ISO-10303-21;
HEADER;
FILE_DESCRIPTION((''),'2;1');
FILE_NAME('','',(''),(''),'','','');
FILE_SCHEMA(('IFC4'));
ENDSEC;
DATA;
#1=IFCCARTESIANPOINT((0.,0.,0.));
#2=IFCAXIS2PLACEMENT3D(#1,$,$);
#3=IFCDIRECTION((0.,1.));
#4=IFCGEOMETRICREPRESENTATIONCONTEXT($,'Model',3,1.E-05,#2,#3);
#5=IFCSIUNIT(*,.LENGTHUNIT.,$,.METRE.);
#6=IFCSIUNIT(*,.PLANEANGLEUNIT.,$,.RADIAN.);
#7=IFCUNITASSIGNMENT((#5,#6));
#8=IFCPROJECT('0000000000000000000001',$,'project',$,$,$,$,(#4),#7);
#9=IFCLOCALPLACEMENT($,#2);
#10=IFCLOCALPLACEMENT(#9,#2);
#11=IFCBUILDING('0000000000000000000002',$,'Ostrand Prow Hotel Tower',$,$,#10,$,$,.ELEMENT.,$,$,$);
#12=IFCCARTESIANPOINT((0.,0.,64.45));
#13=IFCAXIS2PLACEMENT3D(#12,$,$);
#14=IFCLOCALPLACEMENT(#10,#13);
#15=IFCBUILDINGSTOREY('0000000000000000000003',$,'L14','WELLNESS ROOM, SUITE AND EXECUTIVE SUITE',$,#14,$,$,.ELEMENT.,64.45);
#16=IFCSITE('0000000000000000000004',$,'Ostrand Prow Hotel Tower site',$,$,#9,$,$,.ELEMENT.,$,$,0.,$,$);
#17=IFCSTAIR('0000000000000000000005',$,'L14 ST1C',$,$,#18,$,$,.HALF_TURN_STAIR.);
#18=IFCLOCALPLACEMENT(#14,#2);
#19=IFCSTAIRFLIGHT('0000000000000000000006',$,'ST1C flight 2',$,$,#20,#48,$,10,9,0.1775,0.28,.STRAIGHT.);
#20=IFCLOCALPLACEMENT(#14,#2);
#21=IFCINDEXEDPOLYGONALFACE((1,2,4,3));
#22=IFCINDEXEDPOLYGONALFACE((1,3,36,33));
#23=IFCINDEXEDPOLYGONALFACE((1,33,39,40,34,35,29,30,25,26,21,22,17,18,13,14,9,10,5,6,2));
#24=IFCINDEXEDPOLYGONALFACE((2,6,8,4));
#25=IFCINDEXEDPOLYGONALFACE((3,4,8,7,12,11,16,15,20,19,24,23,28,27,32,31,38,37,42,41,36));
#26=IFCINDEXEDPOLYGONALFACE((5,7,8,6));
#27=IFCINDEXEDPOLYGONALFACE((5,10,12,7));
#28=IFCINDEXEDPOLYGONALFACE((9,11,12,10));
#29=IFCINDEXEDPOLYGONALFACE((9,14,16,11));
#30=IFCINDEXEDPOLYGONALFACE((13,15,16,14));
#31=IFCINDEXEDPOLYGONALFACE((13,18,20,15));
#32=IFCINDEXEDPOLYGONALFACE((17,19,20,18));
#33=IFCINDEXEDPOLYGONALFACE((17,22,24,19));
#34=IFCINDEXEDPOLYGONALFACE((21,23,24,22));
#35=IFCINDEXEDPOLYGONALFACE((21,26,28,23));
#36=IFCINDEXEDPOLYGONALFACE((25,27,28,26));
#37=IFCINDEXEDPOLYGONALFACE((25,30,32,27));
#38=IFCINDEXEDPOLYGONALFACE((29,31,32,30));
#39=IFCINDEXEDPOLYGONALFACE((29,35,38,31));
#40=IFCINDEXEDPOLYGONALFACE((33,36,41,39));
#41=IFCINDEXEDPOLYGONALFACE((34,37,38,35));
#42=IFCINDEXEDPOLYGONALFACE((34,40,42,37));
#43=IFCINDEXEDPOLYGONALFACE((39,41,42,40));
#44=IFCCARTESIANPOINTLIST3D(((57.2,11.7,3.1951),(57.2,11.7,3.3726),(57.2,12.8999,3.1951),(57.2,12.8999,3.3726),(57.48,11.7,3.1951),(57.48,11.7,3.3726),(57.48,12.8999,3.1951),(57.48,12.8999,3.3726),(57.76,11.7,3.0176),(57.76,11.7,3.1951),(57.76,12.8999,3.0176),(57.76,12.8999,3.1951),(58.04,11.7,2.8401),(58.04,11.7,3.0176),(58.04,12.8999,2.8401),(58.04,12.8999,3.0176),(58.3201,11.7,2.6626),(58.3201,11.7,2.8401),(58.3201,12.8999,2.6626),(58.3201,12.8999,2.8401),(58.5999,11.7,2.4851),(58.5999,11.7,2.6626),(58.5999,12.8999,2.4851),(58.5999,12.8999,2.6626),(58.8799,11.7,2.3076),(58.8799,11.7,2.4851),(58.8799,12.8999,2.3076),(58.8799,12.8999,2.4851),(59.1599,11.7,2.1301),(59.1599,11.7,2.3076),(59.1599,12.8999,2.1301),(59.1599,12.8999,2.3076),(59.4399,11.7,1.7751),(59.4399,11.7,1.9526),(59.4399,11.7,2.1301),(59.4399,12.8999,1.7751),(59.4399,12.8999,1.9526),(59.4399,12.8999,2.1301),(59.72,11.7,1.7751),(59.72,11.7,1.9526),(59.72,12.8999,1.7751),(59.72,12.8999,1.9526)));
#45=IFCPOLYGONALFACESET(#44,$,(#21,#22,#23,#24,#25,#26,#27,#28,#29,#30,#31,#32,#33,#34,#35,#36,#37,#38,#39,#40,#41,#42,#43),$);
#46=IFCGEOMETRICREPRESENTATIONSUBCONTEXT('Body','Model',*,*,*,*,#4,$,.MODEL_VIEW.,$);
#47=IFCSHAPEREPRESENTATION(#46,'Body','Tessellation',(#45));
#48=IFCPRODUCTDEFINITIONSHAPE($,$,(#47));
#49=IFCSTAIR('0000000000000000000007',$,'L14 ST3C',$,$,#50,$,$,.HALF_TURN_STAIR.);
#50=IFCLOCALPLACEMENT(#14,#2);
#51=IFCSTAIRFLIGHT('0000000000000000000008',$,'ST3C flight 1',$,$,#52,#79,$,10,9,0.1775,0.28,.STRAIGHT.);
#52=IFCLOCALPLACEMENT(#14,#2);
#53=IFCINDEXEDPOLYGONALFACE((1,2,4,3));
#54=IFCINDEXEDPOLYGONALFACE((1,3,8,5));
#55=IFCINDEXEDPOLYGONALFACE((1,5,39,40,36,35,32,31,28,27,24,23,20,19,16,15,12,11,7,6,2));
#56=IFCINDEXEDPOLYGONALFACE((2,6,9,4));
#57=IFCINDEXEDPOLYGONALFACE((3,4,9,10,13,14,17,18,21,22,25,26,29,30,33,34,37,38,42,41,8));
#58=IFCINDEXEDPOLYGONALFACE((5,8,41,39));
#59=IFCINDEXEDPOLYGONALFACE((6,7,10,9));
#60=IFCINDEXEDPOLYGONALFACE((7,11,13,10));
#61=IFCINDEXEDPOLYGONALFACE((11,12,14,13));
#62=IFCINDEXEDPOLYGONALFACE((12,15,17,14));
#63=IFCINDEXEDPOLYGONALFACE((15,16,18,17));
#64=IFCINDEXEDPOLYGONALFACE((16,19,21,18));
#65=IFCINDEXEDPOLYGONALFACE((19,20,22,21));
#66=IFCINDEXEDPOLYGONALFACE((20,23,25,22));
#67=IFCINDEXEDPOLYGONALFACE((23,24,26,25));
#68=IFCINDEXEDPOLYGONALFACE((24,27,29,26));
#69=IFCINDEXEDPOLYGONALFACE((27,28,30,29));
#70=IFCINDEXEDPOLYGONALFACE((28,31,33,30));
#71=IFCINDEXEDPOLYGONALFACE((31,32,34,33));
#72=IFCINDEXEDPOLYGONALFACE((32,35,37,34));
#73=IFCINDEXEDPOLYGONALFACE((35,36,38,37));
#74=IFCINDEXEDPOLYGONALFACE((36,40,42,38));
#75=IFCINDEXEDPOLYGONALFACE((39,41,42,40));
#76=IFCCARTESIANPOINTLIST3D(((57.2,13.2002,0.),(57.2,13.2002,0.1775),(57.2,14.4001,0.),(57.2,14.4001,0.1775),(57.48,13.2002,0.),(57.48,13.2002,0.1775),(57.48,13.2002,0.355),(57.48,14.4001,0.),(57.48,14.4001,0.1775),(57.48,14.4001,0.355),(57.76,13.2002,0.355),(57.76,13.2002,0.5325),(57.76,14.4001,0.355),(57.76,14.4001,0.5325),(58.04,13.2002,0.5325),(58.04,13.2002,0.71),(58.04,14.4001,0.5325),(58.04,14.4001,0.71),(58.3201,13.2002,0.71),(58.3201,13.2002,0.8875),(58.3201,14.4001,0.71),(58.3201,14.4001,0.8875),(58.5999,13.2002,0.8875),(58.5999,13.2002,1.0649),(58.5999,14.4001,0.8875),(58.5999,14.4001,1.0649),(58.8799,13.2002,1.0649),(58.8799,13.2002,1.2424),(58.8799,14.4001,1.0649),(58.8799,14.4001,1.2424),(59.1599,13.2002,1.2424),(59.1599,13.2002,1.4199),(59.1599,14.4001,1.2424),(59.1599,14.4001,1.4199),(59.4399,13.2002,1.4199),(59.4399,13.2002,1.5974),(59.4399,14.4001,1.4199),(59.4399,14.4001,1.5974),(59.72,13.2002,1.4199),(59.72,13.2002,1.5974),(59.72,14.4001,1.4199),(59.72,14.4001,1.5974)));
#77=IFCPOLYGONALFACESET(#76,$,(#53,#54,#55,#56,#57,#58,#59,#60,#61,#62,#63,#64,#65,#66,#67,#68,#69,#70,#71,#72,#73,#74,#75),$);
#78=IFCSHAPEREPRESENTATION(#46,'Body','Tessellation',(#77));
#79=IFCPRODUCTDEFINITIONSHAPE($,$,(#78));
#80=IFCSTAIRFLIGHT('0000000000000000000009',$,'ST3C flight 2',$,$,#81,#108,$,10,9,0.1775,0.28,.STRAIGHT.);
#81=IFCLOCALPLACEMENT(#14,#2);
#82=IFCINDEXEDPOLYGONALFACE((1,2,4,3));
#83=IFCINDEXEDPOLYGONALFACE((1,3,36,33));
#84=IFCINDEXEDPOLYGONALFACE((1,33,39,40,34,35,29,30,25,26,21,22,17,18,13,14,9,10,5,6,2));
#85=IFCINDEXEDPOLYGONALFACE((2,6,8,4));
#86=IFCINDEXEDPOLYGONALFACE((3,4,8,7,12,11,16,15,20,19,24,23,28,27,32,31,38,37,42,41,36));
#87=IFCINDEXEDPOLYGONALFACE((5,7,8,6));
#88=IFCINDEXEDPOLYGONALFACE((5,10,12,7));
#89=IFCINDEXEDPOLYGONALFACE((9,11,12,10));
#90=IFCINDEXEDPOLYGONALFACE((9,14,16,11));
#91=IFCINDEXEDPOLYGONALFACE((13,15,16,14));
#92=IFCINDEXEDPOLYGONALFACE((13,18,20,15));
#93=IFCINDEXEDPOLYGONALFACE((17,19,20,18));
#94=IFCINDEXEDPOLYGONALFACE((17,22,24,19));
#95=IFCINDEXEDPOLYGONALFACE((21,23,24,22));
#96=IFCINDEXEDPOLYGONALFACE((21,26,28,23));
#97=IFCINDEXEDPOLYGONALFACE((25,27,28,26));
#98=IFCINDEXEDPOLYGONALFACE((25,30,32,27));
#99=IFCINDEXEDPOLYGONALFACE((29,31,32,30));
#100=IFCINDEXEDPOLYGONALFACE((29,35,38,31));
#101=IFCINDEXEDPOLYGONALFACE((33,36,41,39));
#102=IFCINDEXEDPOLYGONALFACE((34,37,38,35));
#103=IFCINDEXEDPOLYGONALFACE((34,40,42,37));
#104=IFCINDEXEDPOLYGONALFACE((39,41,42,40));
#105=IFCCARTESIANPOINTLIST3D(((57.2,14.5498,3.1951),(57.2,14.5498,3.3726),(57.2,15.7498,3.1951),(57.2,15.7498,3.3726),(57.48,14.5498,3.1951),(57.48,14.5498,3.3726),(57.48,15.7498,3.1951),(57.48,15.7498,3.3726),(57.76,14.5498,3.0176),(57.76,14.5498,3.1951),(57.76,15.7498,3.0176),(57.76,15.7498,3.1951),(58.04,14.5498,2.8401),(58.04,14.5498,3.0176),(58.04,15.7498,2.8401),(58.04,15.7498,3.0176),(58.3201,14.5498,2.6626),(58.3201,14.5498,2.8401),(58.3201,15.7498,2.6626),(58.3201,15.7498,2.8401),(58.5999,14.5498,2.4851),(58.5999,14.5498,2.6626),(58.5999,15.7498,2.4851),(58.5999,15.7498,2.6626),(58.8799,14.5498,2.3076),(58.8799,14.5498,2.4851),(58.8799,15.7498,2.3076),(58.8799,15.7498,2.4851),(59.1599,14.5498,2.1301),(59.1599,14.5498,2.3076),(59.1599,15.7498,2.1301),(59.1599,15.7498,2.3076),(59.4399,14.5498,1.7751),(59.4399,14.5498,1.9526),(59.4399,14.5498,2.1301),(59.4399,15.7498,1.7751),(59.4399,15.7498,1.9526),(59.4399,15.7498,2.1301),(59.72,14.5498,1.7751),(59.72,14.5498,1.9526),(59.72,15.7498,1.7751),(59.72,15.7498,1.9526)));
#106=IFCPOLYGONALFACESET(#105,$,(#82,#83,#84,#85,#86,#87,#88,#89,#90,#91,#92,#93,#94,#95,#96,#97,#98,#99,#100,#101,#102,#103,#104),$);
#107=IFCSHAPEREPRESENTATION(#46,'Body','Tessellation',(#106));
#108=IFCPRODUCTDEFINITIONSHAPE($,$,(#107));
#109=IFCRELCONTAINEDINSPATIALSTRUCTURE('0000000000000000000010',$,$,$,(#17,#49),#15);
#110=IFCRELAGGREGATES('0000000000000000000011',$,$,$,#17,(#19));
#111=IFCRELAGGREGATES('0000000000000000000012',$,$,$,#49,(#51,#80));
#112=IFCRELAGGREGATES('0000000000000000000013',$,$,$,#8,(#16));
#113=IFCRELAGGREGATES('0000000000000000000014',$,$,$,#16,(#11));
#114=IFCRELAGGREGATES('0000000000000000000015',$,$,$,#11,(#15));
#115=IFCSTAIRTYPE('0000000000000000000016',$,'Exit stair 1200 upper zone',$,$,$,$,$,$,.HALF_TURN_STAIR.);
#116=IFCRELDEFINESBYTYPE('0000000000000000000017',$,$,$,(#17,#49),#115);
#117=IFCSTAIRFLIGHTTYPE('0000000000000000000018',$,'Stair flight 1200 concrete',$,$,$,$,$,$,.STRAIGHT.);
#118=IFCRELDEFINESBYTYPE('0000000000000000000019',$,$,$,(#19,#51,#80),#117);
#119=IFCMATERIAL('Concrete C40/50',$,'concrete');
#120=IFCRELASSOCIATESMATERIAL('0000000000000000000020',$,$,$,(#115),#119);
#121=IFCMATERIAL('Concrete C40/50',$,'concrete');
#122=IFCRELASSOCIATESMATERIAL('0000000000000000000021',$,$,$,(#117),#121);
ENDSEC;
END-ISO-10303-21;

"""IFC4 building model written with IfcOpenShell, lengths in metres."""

from ifc_helpers import new_model, si_unit, direction, frame, origin, place, context, subcontext, project, spatial, polyline, outline, extrude, material, type_object, element, aggregate, save


model = new_model("IFC4")

# Units and contexts
model_context = context("Model", 3, precision=1e-05, world=origin(), true_north=direction((0.0, 1.0)))
body_context = subcontext(model_context, "Body", "Model", "MODEL_VIEW")
ifc_project = project(units=[si_unit("LENGTHUNIT", "METRE"), si_unit("PLANEANGLEUNIT", "RADIAN")], contexts=[model_context])

# Site, building, storey
site_placement = place(None, origin())
site = spatial("IfcSite", under=ifc_project, at=site_placement, Name="Ostrand Prow Hotel Tower site", CompositionType="ELEMENT", RefElevation=0.0)
building_placement = place(site_placement, origin())
building = spatial("IfcBuilding", under=site, at=building_placement, Name="Ostrand Prow Hotel Tower", CompositionType="ELEMENT")
storey_placement = place(building_placement, frame((0.0, 0.0, 64.45)))
storey = spatial("IfcBuildingStorey", under=building, at=storey_placement, Name="L14", Description="WELLNESS ROOM, SUITE AND EXECUTIVE SUITE", CompositionType="ELEMENT", Elevation=64.45)

# Stair, stair flight
ifc_material_1 = material(Name="Concrete C40/50", Category="concrete")
stair_type = type_object("IfcStairType", Name="Exit stair 1200 upper zone", PredefinedType="HALF_TURN_STAIR", material=ifc_material_1)
stair_1_placement = place(storey_placement, origin())
stair_1 = element("IfcStair", 1, at=stair_1_placement, inside=storey, type_object=stair_type, Name="L14 ST1C", PredefinedType="HALF_TURN_STAIR")
ifc_material_2 = material(Name="Concrete C40/50", Category="concrete")
stair_flight_type = type_object("IfcStairFlightType", Name="Stair flight 1200 concrete", PredefinedType="STRAIGHT", material=ifc_material_2)
stair_flight_1_placement = place(storey_placement, frame((59.72, 12.3, 1.7751), z_axis=(0.0, 0.0, 1.0), x_axis=(-1.0, 0.0, 0.0)))
stair_flight_1 = element("IfcStairFlight", 2, at=stair_flight_1_placement, type_object=stair_flight_type, Name="ST1C flight 2", NumberOfRisers=10, NumberOfTreads=9, PredefinedType="STRAIGHT", RiserHeight=0.1775, TreadLength=0.28, context=body_context, shape_type="SweptSolid", body=[
    extrude(outline(polyline([(0.0, 0.0), (0.0, 0.1775), (0.28, 0.1775), (0.28, 0.355), (0.5601, 0.355), (0.5601, 0.5325), (0.8401, 0.5325), (0.8401, 0.71), (1.1201, 0.71), (1.1201, 0.8875), (1.3999, 0.8875), (1.3999, 1.0649), (1.6799, 1.0649), (1.6799, 1.2424), (1.96, 1.2424), (1.96, 1.4199), (2.24, 1.4199), (2.24, 1.5974), (2.52, 1.5974), (2.52, 1.7749), (2.52, 1.4199), (0.28, 0.0), (0.0, 0.0)])), frame((0.0, 0.6001, 0.0), z_axis=(0.0, -1.0, 0.0), x_axis=(1.0, 0.0, 0.0)), (0.0, 0.0, 1.0), 1.2),
])
aggregate(stair_1, [stair_flight_1])

# Stair, stair flights
stair_2_placement = place(storey_placement, origin())
stair_2 = element("IfcStair", 3, at=stair_2_placement, inside=storey, type_object=stair_type, Name="L14 ST3C", PredefinedType="HALF_TURN_STAIR")
stair_flight_2_placement = place(storey_placement, frame((57.2, 13.8, 0.0), z_axis=(0.0, 0.0, 1.0), x_axis=(1.0, 0.0, 0.0)))
stair_flight_2 = element("IfcStairFlight", 4, at=stair_flight_2_placement, type_object=stair_flight_type, Name="ST3C flight 1", NumberOfRisers=10, NumberOfTreads=9, PredefinedType="STRAIGHT", RiserHeight=0.1775, TreadLength=0.28, context=body_context, shape_type="SweptSolid", body=[
    extrude(outline(polyline([(0.0, 0.0), (0.0, 0.1775), (0.28, 0.1775), (0.28, 0.355), (0.5601, 0.355), (0.5601, 0.5325), (0.8401, 0.5325), (0.8401, 0.71), (1.1201, 0.71), (1.1201, 0.8875), (1.3999, 0.8875), (1.3999, 1.0649), (1.6799, 1.0649), (1.6799, 1.2424), (1.96, 1.2424), (1.96, 1.4199), (2.24, 1.4199), (2.24, 1.5974), (2.52, 1.5974), (2.52, 1.7749), (2.52, 1.4199), (0.28, 0.0), (0.0, 0.0)])), frame((0.0, 0.6001, 0.0), z_axis=(0.0, -1.0, 0.0), x_axis=(1.0, 0.0, 0.0)), (0.0, 0.0, 1.0), 1.2),
])
stair_flight_3_placement = place(storey_placement, frame((59.72, 15.1499, 1.7751), z_axis=(0.0, 0.0, 1.0), x_axis=(-1.0, 0.0, 0.0)))
stair_flight_3 = element("IfcStairFlight", 5, at=stair_flight_3_placement, type_object=stair_flight_type, Name="ST3C flight 2", NumberOfRisers=10, NumberOfTreads=9, PredefinedType="STRAIGHT", RiserHeight=0.1775, TreadLength=0.28, context=body_context, shape_type="SweptSolid", body=[
    extrude(outline(polyline([(0.0, 0.0), (0.0, 0.1775), (0.28, 0.1775), (0.28, 0.355), (0.5601, 0.355), (0.5601, 0.5325), (0.8401, 0.5325), (0.8401, 0.71), (1.1201, 0.71), (1.1201, 0.8875), (1.3999, 0.8875), (1.3999, 1.0649), (1.6799, 1.0649), (1.6799, 1.2424), (1.96, 1.2424), (1.96, 1.4199), (2.24, 1.4199), (2.24, 1.5974), (2.52, 1.5974), (2.52, 1.7749), (2.52, 1.4199), (0.28, 0.0), (0.0, 0.0)])), frame((0.0, 0.6001, 0.0), z_axis=(0.0, -1.0, 0.0), x_axis=(1.0, 0.0, 0.0)), (0.0, 0.0, 1.0), 1.2),
])
aggregate(stair_2, [stair_flight_2, stair_flight_3])

save(model, "model.ifc")
